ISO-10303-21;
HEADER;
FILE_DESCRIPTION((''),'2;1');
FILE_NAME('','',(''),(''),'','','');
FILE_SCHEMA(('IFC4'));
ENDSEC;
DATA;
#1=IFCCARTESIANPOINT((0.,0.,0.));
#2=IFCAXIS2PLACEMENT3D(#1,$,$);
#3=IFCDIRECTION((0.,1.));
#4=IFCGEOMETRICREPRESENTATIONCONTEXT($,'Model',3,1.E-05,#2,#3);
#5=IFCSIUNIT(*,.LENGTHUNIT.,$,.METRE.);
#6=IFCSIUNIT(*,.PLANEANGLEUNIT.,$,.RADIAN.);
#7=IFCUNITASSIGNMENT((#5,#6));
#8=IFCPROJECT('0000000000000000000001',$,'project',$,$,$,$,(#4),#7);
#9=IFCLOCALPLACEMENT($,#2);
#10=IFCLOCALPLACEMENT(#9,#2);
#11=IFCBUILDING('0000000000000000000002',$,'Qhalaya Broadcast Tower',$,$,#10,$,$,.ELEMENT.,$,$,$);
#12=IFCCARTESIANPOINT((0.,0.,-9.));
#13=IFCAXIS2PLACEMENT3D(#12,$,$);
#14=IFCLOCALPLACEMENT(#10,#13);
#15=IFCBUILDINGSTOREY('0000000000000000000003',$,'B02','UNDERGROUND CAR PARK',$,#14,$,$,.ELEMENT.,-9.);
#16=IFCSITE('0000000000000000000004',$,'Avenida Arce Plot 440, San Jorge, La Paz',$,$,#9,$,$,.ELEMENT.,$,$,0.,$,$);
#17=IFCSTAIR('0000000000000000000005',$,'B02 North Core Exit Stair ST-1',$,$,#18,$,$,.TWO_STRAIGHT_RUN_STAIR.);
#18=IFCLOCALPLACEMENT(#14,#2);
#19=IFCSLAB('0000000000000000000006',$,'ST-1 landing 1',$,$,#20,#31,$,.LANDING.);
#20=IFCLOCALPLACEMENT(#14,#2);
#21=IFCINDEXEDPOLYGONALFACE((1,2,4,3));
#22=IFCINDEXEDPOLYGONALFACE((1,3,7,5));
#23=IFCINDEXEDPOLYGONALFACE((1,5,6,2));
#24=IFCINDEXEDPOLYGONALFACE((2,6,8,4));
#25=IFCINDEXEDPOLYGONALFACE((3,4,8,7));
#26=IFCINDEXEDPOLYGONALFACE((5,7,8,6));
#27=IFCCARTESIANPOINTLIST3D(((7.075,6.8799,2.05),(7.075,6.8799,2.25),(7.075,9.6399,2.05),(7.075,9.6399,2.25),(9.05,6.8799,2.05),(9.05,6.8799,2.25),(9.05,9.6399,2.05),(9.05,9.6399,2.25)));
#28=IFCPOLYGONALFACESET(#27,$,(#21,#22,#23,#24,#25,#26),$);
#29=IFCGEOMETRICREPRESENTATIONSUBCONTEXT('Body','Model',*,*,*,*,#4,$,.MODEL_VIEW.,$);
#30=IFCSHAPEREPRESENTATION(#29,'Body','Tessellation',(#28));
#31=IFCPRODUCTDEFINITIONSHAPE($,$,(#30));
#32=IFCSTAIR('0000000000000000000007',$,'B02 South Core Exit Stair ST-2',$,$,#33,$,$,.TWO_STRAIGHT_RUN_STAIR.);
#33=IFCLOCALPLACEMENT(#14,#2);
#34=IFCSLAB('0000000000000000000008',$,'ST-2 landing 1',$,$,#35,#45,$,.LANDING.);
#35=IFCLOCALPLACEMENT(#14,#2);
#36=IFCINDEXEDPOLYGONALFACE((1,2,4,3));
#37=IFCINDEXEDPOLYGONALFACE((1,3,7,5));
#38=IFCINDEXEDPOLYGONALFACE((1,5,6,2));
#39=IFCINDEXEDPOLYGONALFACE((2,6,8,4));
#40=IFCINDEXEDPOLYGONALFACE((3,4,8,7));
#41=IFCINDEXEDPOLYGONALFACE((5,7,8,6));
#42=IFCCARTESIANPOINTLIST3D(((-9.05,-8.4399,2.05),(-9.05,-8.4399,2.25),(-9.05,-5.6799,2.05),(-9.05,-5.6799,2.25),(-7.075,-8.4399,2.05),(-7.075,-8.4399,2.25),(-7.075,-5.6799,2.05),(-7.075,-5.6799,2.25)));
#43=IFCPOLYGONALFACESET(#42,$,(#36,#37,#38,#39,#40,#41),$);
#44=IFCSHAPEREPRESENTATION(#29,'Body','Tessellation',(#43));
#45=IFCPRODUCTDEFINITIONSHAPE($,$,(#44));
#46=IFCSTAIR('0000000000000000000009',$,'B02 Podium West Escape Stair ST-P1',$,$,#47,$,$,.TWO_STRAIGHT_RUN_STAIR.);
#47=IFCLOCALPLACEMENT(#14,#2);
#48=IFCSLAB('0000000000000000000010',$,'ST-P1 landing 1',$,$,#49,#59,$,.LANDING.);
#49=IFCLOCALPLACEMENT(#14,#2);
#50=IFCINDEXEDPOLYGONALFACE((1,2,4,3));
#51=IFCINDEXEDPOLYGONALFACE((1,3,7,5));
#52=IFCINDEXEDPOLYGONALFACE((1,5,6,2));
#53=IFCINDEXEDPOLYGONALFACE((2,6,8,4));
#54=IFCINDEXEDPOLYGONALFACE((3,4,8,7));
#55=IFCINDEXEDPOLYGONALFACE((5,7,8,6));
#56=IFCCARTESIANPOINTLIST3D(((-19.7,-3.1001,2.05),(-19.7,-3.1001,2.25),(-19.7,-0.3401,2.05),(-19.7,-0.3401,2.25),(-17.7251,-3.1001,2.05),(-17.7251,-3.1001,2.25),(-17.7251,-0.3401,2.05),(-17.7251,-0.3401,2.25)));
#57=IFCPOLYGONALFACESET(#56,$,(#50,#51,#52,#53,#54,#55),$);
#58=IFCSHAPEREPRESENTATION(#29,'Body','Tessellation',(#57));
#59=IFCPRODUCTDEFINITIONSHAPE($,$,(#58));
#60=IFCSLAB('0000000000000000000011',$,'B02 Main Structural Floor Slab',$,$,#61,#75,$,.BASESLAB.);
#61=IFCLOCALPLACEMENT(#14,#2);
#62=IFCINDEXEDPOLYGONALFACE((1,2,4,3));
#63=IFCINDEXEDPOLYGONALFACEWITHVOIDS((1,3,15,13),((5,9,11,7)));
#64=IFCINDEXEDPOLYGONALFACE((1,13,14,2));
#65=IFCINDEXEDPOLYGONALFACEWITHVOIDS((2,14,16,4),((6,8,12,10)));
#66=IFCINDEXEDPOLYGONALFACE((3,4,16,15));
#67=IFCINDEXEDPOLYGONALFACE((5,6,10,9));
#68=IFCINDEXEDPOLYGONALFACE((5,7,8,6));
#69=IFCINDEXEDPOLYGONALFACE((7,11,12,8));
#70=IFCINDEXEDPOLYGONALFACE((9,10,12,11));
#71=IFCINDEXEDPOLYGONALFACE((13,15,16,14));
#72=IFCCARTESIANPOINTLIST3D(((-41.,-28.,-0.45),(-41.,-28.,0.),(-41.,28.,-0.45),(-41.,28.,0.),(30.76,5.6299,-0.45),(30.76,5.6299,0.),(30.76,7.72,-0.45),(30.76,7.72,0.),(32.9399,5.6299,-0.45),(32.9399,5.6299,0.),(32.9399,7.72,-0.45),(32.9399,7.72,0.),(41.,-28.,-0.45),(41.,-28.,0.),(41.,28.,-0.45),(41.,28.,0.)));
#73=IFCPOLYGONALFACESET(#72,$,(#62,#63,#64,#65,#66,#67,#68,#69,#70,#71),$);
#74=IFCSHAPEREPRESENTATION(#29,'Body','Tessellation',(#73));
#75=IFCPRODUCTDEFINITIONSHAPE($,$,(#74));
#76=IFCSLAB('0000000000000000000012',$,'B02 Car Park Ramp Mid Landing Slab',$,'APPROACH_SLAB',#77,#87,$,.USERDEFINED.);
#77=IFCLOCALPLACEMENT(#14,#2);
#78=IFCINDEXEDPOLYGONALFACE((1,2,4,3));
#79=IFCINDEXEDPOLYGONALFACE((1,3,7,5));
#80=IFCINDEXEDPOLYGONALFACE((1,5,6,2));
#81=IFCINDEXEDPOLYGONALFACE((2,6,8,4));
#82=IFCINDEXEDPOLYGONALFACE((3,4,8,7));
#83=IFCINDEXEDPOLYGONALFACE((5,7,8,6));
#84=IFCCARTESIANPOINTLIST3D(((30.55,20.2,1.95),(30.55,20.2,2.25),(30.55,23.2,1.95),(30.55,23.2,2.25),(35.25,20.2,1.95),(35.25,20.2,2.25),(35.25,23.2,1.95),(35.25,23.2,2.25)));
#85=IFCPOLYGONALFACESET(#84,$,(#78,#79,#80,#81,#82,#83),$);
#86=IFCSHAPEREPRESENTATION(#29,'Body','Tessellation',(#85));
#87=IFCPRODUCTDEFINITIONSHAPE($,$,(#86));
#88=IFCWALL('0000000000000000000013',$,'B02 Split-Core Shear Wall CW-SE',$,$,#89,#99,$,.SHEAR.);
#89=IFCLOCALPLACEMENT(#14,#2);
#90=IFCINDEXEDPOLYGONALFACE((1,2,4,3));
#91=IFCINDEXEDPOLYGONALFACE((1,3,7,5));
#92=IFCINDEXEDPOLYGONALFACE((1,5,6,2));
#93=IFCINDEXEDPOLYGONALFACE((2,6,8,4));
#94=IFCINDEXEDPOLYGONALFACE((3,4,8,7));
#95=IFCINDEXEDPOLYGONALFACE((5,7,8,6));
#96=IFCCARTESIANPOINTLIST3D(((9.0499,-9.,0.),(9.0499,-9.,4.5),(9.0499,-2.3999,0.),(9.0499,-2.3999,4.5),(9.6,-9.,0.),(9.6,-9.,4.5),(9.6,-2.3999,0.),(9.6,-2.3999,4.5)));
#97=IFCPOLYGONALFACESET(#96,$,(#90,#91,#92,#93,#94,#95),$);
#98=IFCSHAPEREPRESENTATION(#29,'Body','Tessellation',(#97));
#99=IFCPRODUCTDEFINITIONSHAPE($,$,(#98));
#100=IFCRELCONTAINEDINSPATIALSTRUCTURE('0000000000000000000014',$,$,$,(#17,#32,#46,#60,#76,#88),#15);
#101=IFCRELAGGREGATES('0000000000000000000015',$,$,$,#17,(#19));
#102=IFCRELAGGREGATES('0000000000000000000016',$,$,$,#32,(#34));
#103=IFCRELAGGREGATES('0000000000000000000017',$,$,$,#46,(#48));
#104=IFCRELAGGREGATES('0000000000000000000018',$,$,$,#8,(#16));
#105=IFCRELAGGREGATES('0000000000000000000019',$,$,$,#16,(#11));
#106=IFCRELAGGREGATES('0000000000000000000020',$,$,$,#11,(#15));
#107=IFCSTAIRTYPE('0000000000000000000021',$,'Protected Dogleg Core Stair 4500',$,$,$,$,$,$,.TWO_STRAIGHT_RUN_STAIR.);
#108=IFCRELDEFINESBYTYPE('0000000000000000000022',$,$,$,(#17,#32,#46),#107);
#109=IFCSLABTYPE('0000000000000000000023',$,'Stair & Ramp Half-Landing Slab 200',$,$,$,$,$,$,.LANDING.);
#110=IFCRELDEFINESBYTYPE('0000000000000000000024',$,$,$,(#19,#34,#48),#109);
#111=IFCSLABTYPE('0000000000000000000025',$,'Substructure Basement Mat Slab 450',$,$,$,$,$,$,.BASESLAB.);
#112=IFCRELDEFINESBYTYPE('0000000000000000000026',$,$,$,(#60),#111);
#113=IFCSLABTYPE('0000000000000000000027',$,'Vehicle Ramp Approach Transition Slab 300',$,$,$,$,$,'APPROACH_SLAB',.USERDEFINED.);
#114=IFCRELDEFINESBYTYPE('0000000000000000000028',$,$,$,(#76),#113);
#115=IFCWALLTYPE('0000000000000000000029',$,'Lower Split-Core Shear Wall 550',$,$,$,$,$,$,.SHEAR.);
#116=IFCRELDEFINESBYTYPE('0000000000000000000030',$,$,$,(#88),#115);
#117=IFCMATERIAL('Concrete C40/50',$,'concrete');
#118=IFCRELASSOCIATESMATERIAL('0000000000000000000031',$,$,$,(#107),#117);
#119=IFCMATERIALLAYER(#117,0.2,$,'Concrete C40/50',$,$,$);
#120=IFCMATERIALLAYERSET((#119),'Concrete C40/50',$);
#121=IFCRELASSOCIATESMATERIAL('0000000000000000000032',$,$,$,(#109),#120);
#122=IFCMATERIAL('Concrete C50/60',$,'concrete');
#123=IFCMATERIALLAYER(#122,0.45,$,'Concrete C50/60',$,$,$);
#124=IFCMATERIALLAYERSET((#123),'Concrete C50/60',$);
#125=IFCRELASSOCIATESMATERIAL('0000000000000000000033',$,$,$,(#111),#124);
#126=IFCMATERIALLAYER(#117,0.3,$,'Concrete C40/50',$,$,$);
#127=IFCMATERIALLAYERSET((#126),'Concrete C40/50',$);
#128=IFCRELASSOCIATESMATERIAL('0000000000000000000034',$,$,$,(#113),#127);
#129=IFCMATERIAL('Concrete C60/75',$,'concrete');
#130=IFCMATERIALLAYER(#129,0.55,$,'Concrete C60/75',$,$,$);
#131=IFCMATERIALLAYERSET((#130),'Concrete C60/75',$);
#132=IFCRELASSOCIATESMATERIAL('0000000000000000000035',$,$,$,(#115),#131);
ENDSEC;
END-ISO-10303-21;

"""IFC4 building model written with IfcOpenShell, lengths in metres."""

from ifc_helpers import new_model, si_unit, direction, frame, frame_2d, origin, place, context, subcontext, project, spatial, polyline, rectangle, outline, extrude, material, layer, layer_set, type_object, element, aggregate, save


model = new_model("IFC4")

# Units and contexts
model_context = context("Model", 3, precision=1e-05, world=origin(), true_north=direction((0.0, 1.0)))
body_context = subcontext(model_context, "Body", "Model", "MODEL_VIEW")
ifc_project = project(units=[si_unit("LENGTHUNIT", "METRE"), si_unit("PLANEANGLEUNIT", "RADIAN")], contexts=[model_context])

# Site, building, storey
site_placement = place(None, origin())
site = spatial("IfcSite", under=ifc_project, at=site_placement, Name="Avenida Arce Plot 440, San Jorge, La Paz", CompositionType="ELEMENT", RefElevation=0.0)
building_placement = place(site_placement, origin())
building = spatial("IfcBuilding", under=site, at=building_placement, Name="Qhalaya Broadcast Tower", CompositionType="ELEMENT")
storey_placement = place(building_placement, frame((0.0, 0.0, -9.0)))
storey = spatial("IfcBuildingStorey", under=building, at=storey_placement, Name="B02", Description="UNDERGROUND CAR PARK", CompositionType="ELEMENT", Elevation=-9.0)

# Shared definitions
ifc_material_1 = material(Name="Concrete C50/60", Category="concrete")

# Shared definitions
ifc_material_2 = material(Name="Concrete C60/75", Category="concrete")

# Stairs, slabs
ifc_material_3 = material(Name="Concrete C40/50", Category="concrete")
stair_type = type_object("IfcStairType", Name="Protected Dogleg Core Stair 4500", PredefinedType="TWO_STRAIGHT_RUN_STAIR", material=ifc_material_3)
stair_1_placement = place(storey_placement, origin())
stair_1 = element("IfcStair", 1, at=stair_1_placement, inside=storey, type_object=stair_type, Name="B02 North Core Exit Stair ST-1", PredefinedType="TWO_STRAIGHT_RUN_STAIR")
ifc_layer_1 = layer(ifc_material_3, 0.2, Name="Concrete C40/50")
ifc_layer_set_1 = layer_set([ifc_layer_1], Name="Concrete C40/50")
slab_type_1 = type_object("IfcSlabType", Name="Stair & Ramp Half-Landing Slab 200", PredefinedType="LANDING", material=ifc_layer_set_1)
slab_1_placement = place(storey_placement, frame((0.0, 0.0, 2.05)))
slab_1 = element("IfcSlab", 2, at=slab_1_placement, type_object=slab_type_1, Name="ST-1 landing 1", PredefinedType="LANDING", context=body_context, shape_type="SweptSolid", body=[
    extrude(outline(polyline([(7.075, 6.8799), (9.05, 6.8799), (9.05, 9.6399), (7.075, 9.6399), (7.075, 6.8799)])), origin(), (0.0, 0.0, 1.0), 0.2),
])
aggregate(stair_1, [slab_1])
stair_2_placement = place(storey_placement, origin())
stair_2 = element("IfcStair", 3, at=stair_2_placement, inside=storey, type_object=stair_type, Name="B02 South Core Exit Stair ST-2", PredefinedType="TWO_STRAIGHT_RUN_STAIR")
slab_2_placement = place(storey_placement, frame((0.0, 0.0, 2.05)))
slab_2 = element("IfcSlab", 4, at=slab_2_placement, type_object=slab_type_1, Name="ST-2 landing 1", PredefinedType="LANDING", context=body_context, shape_type="SweptSolid", body=[
    extrude(outline(polyline([(-7.075, -5.6799), (-9.05, -5.6799), (-9.05, -8.4399), (-7.075, -8.4399), (-7.075, -5.6799)])), origin(), (0.0, 0.0, 1.0), 0.2),
])
aggregate(stair_2, [slab_2])
stair_3_placement = place(storey_placement, origin())
stair_3 = element("IfcStair", 5, at=stair_3_placement, inside=storey, type_object=stair_type, Name="B02 Podium West Escape Stair ST-P1", PredefinedType="TWO_STRAIGHT_RUN_STAIR")
slab_3_placement = place(storey_placement, frame((0.0, 0.0, 2.05)))
slab_3 = element("IfcSlab", 6, at=slab_3_placement, type_object=slab_type_1, Name="ST-P1 landing 1", PredefinedType="LANDING", context=body_context, shape_type="SweptSolid", body=[
    extrude(outline(polyline([(-17.7251, -0.3401), (-19.7, -0.3401), (-19.7, -3.1001), (-17.7251, -3.1001), (-17.7251, -0.3401)])), origin(), (0.0, 0.0, 1.0), 0.2),
])
aggregate(stair_3, [slab_3])

# Slabs
ifc_layer_2 = layer(ifc_material_1, 0.45, Name="Concrete C50/60")
ifc_layer_set_2 = layer_set([ifc_layer_2], Name="Concrete C50/60")
slab_type_2 = type_object("IfcSlabType", Name="Substructure Basement Mat Slab 450", PredefinedType="BASESLAB", material=ifc_layer_set_2)
slab_4_placement = place(storey_placement, frame((0.0, 0.0, -0.45)))
element("IfcSlab", 7, at=slab_4_placement, inside=storey, type_object=slab_type_2, Name="B02 Main Structural Floor Slab", PredefinedType="BASESLAB", context=body_context, shape_type="SweptSolid", body=[
    extrude(outline(polyline([(-41.0, -28.0), (41.0, -28.0), (41.0, 28.0), (-41.0, 28.0), (-41.0, -28.0)]), holes=[polyline([(30.76, 7.72), (32.9399, 7.72), (32.9399, 5.6299), (30.76, 5.6299), (30.76, 7.72)])]), origin(), (0.0, 0.0, 1.0), 0.45),
])
ifc_layer_3 = layer(ifc_material_3, 0.3, Name="Concrete C40/50")
ifc_layer_set_3 = layer_set([ifc_layer_3], Name="Concrete C40/50")
slab_type_3 = type_object("IfcSlabType", Name="Vehicle Ramp Approach Transition Slab 300", ElementType="APPROACH_SLAB", PredefinedType="USERDEFINED", material=ifc_layer_set_3)
slab_5_placement = place(storey_placement, frame((0.0, 0.0, 1.95)))
element("IfcSlab", 8, at=slab_5_placement, inside=storey, type_object=slab_type_3, Name="B02 Car Park Ramp Mid Landing Slab", ObjectType="APPROACH_SLAB", PredefinedType="USERDEFINED", context=body_context, shape_type="SweptSolid", body=[
    extrude(outline(polyline([(30.55, 20.2), (35.25, 20.2), (35.25, 23.2), (30.55, 23.2), (30.55, 20.2)])), origin(), (0.0, 0.0, 1.0), 0.3),
])

# Wall
ifc_layer_4 = layer(ifc_material_2, 0.55, Name="Concrete C60/75")
ifc_layer_set_4 = layer_set([ifc_layer_4], Name="Concrete C60/75")
wall_type = type_object("IfcWallType", Name="Lower Split-Core Shear Wall 550", PredefinedType="SHEAR", material=ifc_layer_set_4)
wall_placement = place(storey_placement, frame((9.325, -9.0, 0.0), z_axis=(0.0, 0.0, 1.0), x_axis=(0.0, 1.0, 0.0)))
element("IfcWall", 9, at=wall_placement, inside=storey, type_object=wall_type, Name="B02 Split-Core Shear Wall CW-SE", PredefinedType="SHEAR", context=body_context, shape_type="SweptSolid", body=[
    extrude(rectangle(XDim=6.6001, YDim=0.55, at=frame_2d((3.3, 0.0))), origin(), (0.0, 0.0, 1.0), 4.5),
])

save(model, "model.ifc")
